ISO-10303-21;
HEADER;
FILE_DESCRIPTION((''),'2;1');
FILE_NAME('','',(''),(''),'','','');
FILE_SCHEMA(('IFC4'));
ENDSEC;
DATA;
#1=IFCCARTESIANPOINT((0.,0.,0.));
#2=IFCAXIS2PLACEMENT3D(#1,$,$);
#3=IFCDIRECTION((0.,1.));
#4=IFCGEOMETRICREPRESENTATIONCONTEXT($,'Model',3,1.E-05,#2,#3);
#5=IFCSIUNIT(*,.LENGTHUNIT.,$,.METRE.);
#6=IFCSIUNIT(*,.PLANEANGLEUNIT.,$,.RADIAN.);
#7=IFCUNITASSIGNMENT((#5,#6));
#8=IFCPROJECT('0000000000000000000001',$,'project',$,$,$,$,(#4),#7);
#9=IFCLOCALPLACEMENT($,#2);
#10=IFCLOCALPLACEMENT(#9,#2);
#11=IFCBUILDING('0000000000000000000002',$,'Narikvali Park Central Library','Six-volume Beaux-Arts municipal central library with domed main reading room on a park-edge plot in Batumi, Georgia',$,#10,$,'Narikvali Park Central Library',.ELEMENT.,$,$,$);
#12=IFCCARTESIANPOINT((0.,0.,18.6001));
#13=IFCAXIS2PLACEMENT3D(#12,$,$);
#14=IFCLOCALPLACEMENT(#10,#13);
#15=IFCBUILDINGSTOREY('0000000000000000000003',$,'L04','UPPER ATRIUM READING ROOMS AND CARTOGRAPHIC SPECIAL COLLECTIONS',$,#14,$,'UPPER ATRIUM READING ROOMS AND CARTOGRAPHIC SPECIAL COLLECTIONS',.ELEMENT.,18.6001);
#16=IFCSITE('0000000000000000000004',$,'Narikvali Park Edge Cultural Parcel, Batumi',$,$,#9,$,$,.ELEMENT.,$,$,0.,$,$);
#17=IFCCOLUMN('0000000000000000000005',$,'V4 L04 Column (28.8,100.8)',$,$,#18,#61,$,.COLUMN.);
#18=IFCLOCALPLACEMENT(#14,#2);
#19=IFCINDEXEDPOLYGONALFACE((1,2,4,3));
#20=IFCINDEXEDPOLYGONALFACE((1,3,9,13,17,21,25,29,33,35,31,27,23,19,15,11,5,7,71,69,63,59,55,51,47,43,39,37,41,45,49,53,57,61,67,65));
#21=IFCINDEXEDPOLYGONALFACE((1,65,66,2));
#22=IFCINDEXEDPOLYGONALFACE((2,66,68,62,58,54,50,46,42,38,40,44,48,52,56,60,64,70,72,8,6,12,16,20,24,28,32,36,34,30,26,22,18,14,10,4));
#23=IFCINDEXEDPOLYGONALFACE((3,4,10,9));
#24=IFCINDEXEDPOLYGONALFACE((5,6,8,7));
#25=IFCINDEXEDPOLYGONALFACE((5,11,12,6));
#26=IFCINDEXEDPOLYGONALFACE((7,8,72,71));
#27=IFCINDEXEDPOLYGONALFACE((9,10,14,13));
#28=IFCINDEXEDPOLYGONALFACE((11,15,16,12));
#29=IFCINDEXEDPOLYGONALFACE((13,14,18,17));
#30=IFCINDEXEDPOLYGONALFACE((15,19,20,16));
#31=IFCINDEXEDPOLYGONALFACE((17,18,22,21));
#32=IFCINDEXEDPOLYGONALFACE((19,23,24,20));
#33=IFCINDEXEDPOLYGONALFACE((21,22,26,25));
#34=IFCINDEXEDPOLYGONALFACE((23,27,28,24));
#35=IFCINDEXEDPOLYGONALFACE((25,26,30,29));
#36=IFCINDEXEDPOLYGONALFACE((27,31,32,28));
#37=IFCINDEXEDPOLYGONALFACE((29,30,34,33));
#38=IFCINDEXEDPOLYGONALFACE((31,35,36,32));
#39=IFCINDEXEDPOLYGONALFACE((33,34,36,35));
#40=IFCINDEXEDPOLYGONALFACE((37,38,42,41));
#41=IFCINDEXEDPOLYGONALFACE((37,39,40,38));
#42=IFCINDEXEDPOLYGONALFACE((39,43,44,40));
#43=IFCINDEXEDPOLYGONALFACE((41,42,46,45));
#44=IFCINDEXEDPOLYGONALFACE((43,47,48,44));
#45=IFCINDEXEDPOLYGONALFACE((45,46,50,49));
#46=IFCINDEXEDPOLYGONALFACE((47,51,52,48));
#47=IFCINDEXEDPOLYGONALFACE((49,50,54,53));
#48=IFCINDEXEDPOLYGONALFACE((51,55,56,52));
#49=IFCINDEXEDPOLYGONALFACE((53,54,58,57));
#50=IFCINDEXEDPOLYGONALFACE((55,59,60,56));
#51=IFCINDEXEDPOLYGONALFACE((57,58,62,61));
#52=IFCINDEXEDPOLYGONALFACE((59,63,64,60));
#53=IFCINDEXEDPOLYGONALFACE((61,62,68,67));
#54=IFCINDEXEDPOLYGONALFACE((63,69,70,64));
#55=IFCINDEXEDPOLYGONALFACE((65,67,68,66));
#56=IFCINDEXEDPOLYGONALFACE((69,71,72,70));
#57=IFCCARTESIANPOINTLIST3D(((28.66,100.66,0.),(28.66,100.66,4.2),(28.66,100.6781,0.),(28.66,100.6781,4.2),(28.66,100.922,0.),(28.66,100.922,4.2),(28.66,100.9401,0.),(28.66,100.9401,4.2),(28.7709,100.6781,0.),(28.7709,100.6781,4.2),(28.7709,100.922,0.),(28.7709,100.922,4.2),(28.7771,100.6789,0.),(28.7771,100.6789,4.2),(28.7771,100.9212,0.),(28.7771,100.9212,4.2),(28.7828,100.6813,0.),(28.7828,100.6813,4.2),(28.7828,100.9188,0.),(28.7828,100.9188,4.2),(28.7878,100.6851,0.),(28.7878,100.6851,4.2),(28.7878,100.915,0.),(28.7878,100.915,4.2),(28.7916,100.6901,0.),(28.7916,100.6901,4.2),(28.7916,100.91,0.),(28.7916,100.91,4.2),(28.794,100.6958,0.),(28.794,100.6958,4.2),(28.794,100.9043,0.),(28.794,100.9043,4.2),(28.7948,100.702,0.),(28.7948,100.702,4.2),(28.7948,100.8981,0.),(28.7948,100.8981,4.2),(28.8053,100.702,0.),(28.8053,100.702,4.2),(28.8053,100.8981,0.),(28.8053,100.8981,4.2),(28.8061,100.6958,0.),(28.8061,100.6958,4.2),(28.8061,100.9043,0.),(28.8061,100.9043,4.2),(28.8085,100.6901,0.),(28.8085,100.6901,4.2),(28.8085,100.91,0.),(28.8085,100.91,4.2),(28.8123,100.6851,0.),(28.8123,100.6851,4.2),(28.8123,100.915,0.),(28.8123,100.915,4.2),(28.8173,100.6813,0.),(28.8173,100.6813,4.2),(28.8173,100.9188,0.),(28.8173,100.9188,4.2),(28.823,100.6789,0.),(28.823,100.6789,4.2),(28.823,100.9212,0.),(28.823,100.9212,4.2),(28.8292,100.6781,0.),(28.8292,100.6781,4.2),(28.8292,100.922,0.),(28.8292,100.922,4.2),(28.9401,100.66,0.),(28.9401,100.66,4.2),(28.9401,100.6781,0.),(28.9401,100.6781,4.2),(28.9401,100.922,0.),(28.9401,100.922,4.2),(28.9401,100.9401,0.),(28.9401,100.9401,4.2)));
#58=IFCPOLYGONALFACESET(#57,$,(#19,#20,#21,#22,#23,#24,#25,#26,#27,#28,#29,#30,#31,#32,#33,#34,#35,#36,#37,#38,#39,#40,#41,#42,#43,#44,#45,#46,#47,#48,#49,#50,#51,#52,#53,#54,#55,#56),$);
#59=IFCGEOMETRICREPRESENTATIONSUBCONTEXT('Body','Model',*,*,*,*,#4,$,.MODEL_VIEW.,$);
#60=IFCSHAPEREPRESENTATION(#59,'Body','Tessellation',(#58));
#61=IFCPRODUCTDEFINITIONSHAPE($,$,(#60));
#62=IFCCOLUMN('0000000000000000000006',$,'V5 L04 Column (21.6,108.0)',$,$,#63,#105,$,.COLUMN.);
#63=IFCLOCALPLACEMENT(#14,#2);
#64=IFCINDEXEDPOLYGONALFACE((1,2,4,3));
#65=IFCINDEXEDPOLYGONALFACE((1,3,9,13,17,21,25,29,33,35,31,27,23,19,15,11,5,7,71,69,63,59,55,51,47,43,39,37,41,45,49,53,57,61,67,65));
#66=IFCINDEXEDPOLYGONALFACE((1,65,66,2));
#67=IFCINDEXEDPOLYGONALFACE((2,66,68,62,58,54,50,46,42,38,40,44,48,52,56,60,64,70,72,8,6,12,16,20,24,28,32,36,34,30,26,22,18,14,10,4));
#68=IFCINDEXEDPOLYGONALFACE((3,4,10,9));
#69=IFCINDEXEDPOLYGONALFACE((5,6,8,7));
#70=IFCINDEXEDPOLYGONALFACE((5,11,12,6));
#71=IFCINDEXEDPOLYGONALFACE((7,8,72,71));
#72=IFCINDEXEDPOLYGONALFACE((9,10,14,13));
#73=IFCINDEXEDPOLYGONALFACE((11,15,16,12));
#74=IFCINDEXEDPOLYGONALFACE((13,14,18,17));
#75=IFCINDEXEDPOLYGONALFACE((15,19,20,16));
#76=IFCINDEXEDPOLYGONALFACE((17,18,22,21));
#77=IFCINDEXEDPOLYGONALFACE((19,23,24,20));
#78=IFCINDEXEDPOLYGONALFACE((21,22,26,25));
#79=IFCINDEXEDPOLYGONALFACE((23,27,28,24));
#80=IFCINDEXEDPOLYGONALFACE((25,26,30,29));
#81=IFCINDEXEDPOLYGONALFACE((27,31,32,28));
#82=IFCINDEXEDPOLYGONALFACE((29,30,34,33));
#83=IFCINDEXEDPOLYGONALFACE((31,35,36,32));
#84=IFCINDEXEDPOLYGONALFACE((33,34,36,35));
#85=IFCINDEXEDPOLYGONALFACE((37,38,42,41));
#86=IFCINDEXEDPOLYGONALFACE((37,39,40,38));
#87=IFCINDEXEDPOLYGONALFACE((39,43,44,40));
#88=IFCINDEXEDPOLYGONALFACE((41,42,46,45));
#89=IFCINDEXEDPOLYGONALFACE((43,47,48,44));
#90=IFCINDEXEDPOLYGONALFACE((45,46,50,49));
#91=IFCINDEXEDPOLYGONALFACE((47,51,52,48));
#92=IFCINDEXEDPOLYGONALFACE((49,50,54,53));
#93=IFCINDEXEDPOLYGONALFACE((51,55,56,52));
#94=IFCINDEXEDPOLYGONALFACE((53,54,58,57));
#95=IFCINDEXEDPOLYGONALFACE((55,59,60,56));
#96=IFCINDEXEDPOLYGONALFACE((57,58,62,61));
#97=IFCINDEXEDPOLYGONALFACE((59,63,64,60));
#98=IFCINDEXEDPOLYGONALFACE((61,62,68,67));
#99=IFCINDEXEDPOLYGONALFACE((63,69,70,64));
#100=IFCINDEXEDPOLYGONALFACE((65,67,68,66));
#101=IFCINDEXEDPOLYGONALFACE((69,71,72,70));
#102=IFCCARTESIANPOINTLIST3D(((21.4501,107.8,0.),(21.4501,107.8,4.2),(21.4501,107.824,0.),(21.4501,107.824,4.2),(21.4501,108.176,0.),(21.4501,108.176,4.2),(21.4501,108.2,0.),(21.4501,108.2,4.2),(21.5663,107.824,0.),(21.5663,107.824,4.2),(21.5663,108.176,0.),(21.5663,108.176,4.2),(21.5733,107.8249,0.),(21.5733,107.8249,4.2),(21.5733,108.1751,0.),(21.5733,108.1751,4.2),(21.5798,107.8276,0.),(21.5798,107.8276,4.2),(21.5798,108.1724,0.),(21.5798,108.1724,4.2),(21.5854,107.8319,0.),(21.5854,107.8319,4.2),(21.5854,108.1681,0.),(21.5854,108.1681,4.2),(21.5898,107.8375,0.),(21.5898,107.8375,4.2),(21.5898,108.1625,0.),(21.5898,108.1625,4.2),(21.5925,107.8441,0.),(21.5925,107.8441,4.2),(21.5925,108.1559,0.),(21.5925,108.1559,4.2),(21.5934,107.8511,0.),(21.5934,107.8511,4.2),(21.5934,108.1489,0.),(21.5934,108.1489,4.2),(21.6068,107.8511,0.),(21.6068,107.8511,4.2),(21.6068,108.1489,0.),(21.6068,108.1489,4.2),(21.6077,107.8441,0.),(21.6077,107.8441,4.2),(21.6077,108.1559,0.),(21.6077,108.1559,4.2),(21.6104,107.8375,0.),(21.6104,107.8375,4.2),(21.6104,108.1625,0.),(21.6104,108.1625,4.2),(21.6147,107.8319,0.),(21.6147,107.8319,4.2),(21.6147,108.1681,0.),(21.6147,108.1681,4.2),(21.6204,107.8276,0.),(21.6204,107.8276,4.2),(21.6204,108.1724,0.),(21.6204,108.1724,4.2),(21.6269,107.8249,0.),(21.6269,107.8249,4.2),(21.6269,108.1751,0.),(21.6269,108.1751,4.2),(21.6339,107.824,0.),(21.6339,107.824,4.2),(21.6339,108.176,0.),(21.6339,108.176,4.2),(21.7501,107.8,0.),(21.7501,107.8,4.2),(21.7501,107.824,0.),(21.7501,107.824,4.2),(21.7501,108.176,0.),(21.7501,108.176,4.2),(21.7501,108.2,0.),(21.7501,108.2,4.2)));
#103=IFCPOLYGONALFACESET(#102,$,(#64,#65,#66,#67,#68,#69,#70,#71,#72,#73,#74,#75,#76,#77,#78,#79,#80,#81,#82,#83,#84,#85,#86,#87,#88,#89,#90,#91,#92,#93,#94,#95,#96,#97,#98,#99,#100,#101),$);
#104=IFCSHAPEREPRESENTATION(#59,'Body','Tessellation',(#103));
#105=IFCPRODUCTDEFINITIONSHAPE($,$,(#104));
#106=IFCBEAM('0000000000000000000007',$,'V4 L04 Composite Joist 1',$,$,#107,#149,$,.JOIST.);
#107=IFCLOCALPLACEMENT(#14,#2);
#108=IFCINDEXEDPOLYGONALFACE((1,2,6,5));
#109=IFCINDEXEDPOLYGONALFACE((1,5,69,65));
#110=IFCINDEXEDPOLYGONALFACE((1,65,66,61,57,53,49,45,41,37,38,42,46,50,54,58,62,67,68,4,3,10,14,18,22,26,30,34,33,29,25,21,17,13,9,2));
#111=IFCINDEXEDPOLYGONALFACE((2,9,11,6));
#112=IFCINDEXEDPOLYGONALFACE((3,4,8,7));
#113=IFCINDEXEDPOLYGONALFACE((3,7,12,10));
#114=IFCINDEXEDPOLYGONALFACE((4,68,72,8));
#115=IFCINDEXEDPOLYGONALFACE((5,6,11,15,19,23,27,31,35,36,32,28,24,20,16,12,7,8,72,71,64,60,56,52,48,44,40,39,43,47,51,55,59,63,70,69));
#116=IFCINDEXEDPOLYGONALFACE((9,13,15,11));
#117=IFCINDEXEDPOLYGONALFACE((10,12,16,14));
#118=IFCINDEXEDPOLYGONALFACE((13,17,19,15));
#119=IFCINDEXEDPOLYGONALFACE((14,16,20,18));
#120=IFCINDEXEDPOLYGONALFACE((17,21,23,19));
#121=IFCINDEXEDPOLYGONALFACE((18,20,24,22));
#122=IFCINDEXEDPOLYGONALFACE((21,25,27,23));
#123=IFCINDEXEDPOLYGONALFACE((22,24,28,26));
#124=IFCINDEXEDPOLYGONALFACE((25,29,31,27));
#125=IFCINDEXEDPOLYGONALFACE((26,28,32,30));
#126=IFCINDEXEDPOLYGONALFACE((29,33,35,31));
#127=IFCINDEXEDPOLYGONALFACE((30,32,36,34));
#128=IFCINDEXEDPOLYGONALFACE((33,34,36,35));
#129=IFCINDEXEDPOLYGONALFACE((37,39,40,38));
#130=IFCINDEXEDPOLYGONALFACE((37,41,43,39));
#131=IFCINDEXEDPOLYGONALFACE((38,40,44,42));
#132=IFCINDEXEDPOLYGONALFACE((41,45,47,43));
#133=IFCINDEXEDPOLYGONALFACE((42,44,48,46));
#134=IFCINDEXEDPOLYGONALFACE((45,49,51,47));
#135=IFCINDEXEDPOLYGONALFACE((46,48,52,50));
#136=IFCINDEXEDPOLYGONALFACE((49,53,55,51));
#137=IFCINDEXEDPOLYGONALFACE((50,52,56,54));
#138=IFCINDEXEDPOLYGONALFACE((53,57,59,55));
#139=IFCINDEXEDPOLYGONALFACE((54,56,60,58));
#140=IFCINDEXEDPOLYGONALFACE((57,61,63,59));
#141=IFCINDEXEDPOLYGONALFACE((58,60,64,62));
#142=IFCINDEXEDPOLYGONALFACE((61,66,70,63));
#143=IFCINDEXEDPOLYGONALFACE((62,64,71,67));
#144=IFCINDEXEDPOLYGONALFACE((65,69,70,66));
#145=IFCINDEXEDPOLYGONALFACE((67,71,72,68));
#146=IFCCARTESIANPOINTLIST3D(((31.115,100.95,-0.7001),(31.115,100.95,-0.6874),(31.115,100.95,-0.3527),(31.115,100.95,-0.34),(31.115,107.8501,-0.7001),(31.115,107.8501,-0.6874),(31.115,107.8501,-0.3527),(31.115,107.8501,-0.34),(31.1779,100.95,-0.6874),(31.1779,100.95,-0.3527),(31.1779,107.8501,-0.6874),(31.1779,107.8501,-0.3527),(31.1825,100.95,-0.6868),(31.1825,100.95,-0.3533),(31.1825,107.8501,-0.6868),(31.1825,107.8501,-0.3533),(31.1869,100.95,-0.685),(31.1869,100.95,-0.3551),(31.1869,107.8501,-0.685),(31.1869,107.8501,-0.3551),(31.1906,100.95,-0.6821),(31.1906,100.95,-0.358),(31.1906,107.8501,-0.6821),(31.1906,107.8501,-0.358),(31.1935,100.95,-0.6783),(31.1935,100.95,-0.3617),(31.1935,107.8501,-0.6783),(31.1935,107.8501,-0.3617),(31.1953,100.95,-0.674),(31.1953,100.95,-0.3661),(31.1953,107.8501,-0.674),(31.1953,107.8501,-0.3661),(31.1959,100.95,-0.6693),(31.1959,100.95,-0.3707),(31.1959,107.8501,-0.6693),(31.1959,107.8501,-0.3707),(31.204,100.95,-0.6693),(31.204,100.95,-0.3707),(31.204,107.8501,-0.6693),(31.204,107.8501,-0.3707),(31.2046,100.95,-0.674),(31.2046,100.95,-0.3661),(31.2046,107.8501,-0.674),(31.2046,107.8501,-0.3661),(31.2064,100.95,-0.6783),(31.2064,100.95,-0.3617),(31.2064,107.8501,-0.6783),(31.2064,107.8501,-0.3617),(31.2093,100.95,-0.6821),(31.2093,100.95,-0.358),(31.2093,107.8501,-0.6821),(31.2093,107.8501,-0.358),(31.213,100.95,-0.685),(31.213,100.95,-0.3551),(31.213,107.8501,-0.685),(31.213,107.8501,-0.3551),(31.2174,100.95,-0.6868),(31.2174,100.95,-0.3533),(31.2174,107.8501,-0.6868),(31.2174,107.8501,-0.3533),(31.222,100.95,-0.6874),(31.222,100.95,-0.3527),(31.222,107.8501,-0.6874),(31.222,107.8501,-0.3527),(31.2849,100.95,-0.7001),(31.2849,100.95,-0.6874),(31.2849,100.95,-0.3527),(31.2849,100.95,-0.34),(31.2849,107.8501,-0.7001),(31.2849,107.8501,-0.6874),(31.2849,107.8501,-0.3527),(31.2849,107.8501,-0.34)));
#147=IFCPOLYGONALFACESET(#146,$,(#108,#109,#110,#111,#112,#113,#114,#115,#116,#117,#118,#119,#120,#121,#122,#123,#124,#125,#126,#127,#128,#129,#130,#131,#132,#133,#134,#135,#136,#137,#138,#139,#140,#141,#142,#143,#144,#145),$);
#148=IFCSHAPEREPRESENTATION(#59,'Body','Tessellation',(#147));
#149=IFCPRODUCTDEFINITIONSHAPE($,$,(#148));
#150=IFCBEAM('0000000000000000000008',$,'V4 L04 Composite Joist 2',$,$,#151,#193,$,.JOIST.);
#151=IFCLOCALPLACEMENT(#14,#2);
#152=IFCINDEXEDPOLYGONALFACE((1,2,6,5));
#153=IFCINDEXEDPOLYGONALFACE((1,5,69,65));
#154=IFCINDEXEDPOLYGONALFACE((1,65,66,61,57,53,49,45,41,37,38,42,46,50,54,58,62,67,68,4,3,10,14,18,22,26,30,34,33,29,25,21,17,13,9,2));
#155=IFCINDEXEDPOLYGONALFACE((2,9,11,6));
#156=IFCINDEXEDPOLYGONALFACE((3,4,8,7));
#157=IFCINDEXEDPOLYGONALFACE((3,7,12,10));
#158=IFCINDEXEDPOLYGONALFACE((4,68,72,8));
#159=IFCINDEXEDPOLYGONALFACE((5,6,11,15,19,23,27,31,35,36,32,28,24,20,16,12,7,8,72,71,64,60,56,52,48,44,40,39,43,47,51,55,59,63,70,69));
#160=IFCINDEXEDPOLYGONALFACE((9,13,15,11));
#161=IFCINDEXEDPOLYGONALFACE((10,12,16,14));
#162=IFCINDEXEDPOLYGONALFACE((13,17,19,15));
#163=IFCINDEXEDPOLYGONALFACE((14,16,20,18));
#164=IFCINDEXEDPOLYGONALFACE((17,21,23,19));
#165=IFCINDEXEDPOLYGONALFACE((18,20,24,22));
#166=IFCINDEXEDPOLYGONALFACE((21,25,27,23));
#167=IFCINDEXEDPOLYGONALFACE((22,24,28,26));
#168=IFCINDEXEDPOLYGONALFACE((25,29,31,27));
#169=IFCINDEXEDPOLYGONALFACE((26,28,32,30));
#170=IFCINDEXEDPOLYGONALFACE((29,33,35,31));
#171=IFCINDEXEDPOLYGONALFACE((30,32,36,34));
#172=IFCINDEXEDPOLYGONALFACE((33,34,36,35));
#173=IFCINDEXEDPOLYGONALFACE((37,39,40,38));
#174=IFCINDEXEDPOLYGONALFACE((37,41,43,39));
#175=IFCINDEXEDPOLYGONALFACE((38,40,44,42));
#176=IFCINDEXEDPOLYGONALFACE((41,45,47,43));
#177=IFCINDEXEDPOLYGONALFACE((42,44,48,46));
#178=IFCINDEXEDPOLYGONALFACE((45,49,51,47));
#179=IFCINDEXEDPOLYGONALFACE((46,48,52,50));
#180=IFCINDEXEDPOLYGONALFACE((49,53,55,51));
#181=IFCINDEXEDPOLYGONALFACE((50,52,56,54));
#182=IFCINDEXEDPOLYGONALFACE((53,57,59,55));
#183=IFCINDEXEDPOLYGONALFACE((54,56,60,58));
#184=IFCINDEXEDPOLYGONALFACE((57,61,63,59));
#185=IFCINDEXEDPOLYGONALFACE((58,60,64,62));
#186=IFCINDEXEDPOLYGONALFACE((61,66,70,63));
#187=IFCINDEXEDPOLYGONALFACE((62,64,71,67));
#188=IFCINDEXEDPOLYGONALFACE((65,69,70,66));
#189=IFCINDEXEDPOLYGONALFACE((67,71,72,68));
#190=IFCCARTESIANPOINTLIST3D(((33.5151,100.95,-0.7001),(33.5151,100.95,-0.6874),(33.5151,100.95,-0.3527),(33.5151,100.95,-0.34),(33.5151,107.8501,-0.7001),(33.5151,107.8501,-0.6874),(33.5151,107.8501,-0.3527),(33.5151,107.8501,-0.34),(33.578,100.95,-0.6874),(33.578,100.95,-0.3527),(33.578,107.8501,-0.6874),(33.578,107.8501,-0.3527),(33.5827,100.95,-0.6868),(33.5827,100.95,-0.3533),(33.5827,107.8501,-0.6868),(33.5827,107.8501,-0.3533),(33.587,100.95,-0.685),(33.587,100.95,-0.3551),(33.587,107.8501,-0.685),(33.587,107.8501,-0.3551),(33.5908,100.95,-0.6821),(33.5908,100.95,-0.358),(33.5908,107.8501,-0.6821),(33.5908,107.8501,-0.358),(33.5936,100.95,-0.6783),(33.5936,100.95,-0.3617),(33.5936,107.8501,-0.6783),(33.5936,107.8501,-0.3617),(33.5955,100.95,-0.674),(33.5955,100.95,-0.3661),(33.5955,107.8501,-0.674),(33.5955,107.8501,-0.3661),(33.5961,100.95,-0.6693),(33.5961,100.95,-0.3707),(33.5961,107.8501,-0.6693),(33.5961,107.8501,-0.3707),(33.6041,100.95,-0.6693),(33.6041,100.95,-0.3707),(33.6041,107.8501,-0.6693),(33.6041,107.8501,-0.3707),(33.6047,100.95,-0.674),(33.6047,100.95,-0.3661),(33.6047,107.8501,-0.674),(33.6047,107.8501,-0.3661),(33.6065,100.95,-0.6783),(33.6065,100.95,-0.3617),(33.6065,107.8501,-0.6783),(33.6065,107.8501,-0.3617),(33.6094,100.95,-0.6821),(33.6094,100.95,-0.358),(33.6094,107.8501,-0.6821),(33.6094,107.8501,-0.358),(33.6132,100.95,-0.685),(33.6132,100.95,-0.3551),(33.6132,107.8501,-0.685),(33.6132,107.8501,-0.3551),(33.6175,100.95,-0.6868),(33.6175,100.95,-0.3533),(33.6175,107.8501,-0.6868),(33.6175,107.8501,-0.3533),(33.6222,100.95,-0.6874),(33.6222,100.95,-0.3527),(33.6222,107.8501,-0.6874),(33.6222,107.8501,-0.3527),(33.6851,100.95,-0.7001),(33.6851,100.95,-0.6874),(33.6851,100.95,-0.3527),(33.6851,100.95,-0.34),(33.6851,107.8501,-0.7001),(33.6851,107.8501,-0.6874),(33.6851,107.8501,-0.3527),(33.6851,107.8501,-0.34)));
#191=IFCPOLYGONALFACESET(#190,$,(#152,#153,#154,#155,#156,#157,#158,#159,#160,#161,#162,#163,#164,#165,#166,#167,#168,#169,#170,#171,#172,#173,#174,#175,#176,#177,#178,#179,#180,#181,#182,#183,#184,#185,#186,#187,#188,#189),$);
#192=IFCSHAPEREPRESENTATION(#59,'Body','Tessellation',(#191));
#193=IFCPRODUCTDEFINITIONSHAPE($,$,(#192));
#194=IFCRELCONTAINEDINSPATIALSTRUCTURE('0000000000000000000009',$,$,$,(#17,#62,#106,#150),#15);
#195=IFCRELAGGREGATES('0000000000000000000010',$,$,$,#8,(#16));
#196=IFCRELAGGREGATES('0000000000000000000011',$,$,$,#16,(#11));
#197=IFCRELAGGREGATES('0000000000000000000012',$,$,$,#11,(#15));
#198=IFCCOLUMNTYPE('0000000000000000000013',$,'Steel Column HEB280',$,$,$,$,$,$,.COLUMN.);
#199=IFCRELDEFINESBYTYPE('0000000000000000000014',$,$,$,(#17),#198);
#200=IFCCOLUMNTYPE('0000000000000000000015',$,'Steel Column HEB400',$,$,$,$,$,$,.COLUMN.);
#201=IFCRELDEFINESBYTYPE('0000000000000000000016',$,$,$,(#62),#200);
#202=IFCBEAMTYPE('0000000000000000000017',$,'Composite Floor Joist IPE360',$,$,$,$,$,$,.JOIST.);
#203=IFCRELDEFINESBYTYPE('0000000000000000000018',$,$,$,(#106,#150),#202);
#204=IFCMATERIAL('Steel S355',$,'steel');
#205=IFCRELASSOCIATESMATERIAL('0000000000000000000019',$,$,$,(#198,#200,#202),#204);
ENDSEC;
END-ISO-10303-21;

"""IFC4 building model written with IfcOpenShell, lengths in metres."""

from ifc_helpers import new_model, si_unit, direction, frame, origin, origin_2d, place, context, subcontext, project, spatial, i_section, extrude, material, material_profile, profile_set, type_object, element, save


model = new_model("IFC4")

# Units and contexts
model_context = context("Model", 3, precision=1e-05, world=origin(), true_north=direction((0.0, 1.0)))
body_context = subcontext(model_context, "Body", "Model", "MODEL_VIEW")
ifc_project = project(units=[si_unit("LENGTHUNIT", "METRE"), si_unit("PLANEANGLEUNIT", "RADIAN")], contexts=[model_context])

# Site, building, storey
site_placement = place(None, origin())
site = spatial("IfcSite", under=ifc_project, at=site_placement, Name="Narikvali Park Edge Cultural Parcel, Batumi", CompositionType="ELEMENT", RefElevation=0.0)
building_placement = place(site_placement, origin())
building = spatial("IfcBuilding", under=site, at=building_placement, Name="Narikvali Park Central Library", Description="Six-volume Beaux-Arts municipal central library with domed main reading room on a park-edge plot in Batumi, Georgia", LongName="Narikvali Park Central Library", CompositionType="ELEMENT")
storey_placement = place(building_placement, frame((0.0, 0.0, 18.6001)))
storey = spatial("IfcBuildingStorey", under=building, at=storey_placement, Name="L04", Description="UPPER ATRIUM READING ROOMS AND CARTOGRAPHIC SPECIAL COLLECTIONS", LongName="UPPER ATRIUM READING ROOMS AND CARTOGRAPHIC SPECIAL COLLECTIONS", CompositionType="ELEMENT", Elevation=18.6001)

# Columns
ifc_material_1 = material(Name="Steel S355", Category="steel")
ifc_material_profile_1 = material_profile(ifc_material_1, i_section(OverallWidth=0.28, OverallDepth=0.28, WebThickness=0.0105, FlangeThickness=0.0181, FilletRadius=0.0239, at=origin_2d()), Name="HEB 280")
ifc_profile_set_1 = profile_set([ifc_material_profile_1], Name="Steel S355")
column_type_1 = type_object("IfcColumnType", Name="Steel Column HEB280", PredefinedType="COLUMN", material=ifc_profile_set_1)
column_1_placement = place(storey_placement, frame((28.8, 100.8, 0.0), z_axis=(0.0, 0.0, 1.0), x_axis=(1.0, 0.0, 0.0)))
element("IfcColumn", 1, at=column_1_placement, inside=storey, type_object=column_type_1, Name="V4 L04 Column (28.8,100.8)", PredefinedType="COLUMN", context=body_context, shape_type="SweptSolid", body=[
    extrude(i_section(OverallWidth=0.28, OverallDepth=0.28, WebThickness=0.0105, FlangeThickness=0.0181, FilletRadius=0.0239, at=origin_2d()), origin(), (0.0, 0.0, 1.0), 4.2),
])
ifc_material_profile_2 = material_profile(ifc_material_1, i_section(OverallWidth=0.3, OverallDepth=0.3999, WebThickness=0.0134, FlangeThickness=0.0239, FilletRadius=0.0271, at=origin_2d()), Name="HEB 400")
ifc_profile_set_2 = profile_set([ifc_material_profile_2], Name="Steel S355")
column_type_2 = type_object("IfcColumnType", Name="Steel Column HEB400", PredefinedType="COLUMN", material=ifc_profile_set_2)
column_2_placement = place(storey_placement, frame((21.6001, 108.0, 0.0), z_axis=(0.0, 0.0, 1.0), x_axis=(1.0, 0.0, 0.0)))
element("IfcColumn", 2, at=column_2_placement, inside=storey, type_object=column_type_2, Name="V5 L04 Column (21.6,108.0)", PredefinedType="COLUMN", context=body_context, shape_type="SweptSolid", body=[
    extrude(i_section(OverallWidth=0.3, OverallDepth=0.3999, WebThickness=0.0134, FlangeThickness=0.0239, FilletRadius=0.0271, at=origin_2d()), origin(), (0.0, 0.0, 1.0), 4.2),
])

# Beams
ifc_material_profile_3 = material_profile(ifc_material_1, i_section(OverallWidth=0.1699, OverallDepth=0.3601, WebThickness=0.0081, FlangeThickness=0.0127, FilletRadius=0.0181, at=origin_2d()), Name="IPE 360")
ifc_profile_set_3 = profile_set([ifc_material_profile_3], Name="Steel S355")
beam_type_1 = type_object("IfcBeamType", Name="Composite Floor Joist IPE360", PredefinedType="JOIST", material=ifc_profile_set_3)
for number, where, z_axis, x_axis, name in (
    (3, (31.2, 100.95, -0.52), (0.0, 1.0, 0.0), (-1.0, 0.0, 0.0), "V4 L04 Composite Joist 1"),
    (4, (33.6001, 100.95, -0.52), (0.0, 1.0, 0.0), (-1.0, 0.0, 0.0), "V4 L04 Composite Joist 2"),
):
    element("IfcBeam", number, at=place(storey_placement, frame(where, z_axis=z_axis, x_axis=x_axis)), inside=storey, type_object=beam_type_1, Name=name, PredefinedType="JOIST", context=body_context, shape_type="SweptSolid", body=[
        extrude(i_section(OverallWidth=0.1699, OverallDepth=0.3601, WebThickness=0.0081, FlangeThickness=0.0127, FilletRadius=0.0181, at=origin_2d()), origin(), (0.0, 0.0, 1.0), 6.9001),
    ])

save(model, "model.ifc")
